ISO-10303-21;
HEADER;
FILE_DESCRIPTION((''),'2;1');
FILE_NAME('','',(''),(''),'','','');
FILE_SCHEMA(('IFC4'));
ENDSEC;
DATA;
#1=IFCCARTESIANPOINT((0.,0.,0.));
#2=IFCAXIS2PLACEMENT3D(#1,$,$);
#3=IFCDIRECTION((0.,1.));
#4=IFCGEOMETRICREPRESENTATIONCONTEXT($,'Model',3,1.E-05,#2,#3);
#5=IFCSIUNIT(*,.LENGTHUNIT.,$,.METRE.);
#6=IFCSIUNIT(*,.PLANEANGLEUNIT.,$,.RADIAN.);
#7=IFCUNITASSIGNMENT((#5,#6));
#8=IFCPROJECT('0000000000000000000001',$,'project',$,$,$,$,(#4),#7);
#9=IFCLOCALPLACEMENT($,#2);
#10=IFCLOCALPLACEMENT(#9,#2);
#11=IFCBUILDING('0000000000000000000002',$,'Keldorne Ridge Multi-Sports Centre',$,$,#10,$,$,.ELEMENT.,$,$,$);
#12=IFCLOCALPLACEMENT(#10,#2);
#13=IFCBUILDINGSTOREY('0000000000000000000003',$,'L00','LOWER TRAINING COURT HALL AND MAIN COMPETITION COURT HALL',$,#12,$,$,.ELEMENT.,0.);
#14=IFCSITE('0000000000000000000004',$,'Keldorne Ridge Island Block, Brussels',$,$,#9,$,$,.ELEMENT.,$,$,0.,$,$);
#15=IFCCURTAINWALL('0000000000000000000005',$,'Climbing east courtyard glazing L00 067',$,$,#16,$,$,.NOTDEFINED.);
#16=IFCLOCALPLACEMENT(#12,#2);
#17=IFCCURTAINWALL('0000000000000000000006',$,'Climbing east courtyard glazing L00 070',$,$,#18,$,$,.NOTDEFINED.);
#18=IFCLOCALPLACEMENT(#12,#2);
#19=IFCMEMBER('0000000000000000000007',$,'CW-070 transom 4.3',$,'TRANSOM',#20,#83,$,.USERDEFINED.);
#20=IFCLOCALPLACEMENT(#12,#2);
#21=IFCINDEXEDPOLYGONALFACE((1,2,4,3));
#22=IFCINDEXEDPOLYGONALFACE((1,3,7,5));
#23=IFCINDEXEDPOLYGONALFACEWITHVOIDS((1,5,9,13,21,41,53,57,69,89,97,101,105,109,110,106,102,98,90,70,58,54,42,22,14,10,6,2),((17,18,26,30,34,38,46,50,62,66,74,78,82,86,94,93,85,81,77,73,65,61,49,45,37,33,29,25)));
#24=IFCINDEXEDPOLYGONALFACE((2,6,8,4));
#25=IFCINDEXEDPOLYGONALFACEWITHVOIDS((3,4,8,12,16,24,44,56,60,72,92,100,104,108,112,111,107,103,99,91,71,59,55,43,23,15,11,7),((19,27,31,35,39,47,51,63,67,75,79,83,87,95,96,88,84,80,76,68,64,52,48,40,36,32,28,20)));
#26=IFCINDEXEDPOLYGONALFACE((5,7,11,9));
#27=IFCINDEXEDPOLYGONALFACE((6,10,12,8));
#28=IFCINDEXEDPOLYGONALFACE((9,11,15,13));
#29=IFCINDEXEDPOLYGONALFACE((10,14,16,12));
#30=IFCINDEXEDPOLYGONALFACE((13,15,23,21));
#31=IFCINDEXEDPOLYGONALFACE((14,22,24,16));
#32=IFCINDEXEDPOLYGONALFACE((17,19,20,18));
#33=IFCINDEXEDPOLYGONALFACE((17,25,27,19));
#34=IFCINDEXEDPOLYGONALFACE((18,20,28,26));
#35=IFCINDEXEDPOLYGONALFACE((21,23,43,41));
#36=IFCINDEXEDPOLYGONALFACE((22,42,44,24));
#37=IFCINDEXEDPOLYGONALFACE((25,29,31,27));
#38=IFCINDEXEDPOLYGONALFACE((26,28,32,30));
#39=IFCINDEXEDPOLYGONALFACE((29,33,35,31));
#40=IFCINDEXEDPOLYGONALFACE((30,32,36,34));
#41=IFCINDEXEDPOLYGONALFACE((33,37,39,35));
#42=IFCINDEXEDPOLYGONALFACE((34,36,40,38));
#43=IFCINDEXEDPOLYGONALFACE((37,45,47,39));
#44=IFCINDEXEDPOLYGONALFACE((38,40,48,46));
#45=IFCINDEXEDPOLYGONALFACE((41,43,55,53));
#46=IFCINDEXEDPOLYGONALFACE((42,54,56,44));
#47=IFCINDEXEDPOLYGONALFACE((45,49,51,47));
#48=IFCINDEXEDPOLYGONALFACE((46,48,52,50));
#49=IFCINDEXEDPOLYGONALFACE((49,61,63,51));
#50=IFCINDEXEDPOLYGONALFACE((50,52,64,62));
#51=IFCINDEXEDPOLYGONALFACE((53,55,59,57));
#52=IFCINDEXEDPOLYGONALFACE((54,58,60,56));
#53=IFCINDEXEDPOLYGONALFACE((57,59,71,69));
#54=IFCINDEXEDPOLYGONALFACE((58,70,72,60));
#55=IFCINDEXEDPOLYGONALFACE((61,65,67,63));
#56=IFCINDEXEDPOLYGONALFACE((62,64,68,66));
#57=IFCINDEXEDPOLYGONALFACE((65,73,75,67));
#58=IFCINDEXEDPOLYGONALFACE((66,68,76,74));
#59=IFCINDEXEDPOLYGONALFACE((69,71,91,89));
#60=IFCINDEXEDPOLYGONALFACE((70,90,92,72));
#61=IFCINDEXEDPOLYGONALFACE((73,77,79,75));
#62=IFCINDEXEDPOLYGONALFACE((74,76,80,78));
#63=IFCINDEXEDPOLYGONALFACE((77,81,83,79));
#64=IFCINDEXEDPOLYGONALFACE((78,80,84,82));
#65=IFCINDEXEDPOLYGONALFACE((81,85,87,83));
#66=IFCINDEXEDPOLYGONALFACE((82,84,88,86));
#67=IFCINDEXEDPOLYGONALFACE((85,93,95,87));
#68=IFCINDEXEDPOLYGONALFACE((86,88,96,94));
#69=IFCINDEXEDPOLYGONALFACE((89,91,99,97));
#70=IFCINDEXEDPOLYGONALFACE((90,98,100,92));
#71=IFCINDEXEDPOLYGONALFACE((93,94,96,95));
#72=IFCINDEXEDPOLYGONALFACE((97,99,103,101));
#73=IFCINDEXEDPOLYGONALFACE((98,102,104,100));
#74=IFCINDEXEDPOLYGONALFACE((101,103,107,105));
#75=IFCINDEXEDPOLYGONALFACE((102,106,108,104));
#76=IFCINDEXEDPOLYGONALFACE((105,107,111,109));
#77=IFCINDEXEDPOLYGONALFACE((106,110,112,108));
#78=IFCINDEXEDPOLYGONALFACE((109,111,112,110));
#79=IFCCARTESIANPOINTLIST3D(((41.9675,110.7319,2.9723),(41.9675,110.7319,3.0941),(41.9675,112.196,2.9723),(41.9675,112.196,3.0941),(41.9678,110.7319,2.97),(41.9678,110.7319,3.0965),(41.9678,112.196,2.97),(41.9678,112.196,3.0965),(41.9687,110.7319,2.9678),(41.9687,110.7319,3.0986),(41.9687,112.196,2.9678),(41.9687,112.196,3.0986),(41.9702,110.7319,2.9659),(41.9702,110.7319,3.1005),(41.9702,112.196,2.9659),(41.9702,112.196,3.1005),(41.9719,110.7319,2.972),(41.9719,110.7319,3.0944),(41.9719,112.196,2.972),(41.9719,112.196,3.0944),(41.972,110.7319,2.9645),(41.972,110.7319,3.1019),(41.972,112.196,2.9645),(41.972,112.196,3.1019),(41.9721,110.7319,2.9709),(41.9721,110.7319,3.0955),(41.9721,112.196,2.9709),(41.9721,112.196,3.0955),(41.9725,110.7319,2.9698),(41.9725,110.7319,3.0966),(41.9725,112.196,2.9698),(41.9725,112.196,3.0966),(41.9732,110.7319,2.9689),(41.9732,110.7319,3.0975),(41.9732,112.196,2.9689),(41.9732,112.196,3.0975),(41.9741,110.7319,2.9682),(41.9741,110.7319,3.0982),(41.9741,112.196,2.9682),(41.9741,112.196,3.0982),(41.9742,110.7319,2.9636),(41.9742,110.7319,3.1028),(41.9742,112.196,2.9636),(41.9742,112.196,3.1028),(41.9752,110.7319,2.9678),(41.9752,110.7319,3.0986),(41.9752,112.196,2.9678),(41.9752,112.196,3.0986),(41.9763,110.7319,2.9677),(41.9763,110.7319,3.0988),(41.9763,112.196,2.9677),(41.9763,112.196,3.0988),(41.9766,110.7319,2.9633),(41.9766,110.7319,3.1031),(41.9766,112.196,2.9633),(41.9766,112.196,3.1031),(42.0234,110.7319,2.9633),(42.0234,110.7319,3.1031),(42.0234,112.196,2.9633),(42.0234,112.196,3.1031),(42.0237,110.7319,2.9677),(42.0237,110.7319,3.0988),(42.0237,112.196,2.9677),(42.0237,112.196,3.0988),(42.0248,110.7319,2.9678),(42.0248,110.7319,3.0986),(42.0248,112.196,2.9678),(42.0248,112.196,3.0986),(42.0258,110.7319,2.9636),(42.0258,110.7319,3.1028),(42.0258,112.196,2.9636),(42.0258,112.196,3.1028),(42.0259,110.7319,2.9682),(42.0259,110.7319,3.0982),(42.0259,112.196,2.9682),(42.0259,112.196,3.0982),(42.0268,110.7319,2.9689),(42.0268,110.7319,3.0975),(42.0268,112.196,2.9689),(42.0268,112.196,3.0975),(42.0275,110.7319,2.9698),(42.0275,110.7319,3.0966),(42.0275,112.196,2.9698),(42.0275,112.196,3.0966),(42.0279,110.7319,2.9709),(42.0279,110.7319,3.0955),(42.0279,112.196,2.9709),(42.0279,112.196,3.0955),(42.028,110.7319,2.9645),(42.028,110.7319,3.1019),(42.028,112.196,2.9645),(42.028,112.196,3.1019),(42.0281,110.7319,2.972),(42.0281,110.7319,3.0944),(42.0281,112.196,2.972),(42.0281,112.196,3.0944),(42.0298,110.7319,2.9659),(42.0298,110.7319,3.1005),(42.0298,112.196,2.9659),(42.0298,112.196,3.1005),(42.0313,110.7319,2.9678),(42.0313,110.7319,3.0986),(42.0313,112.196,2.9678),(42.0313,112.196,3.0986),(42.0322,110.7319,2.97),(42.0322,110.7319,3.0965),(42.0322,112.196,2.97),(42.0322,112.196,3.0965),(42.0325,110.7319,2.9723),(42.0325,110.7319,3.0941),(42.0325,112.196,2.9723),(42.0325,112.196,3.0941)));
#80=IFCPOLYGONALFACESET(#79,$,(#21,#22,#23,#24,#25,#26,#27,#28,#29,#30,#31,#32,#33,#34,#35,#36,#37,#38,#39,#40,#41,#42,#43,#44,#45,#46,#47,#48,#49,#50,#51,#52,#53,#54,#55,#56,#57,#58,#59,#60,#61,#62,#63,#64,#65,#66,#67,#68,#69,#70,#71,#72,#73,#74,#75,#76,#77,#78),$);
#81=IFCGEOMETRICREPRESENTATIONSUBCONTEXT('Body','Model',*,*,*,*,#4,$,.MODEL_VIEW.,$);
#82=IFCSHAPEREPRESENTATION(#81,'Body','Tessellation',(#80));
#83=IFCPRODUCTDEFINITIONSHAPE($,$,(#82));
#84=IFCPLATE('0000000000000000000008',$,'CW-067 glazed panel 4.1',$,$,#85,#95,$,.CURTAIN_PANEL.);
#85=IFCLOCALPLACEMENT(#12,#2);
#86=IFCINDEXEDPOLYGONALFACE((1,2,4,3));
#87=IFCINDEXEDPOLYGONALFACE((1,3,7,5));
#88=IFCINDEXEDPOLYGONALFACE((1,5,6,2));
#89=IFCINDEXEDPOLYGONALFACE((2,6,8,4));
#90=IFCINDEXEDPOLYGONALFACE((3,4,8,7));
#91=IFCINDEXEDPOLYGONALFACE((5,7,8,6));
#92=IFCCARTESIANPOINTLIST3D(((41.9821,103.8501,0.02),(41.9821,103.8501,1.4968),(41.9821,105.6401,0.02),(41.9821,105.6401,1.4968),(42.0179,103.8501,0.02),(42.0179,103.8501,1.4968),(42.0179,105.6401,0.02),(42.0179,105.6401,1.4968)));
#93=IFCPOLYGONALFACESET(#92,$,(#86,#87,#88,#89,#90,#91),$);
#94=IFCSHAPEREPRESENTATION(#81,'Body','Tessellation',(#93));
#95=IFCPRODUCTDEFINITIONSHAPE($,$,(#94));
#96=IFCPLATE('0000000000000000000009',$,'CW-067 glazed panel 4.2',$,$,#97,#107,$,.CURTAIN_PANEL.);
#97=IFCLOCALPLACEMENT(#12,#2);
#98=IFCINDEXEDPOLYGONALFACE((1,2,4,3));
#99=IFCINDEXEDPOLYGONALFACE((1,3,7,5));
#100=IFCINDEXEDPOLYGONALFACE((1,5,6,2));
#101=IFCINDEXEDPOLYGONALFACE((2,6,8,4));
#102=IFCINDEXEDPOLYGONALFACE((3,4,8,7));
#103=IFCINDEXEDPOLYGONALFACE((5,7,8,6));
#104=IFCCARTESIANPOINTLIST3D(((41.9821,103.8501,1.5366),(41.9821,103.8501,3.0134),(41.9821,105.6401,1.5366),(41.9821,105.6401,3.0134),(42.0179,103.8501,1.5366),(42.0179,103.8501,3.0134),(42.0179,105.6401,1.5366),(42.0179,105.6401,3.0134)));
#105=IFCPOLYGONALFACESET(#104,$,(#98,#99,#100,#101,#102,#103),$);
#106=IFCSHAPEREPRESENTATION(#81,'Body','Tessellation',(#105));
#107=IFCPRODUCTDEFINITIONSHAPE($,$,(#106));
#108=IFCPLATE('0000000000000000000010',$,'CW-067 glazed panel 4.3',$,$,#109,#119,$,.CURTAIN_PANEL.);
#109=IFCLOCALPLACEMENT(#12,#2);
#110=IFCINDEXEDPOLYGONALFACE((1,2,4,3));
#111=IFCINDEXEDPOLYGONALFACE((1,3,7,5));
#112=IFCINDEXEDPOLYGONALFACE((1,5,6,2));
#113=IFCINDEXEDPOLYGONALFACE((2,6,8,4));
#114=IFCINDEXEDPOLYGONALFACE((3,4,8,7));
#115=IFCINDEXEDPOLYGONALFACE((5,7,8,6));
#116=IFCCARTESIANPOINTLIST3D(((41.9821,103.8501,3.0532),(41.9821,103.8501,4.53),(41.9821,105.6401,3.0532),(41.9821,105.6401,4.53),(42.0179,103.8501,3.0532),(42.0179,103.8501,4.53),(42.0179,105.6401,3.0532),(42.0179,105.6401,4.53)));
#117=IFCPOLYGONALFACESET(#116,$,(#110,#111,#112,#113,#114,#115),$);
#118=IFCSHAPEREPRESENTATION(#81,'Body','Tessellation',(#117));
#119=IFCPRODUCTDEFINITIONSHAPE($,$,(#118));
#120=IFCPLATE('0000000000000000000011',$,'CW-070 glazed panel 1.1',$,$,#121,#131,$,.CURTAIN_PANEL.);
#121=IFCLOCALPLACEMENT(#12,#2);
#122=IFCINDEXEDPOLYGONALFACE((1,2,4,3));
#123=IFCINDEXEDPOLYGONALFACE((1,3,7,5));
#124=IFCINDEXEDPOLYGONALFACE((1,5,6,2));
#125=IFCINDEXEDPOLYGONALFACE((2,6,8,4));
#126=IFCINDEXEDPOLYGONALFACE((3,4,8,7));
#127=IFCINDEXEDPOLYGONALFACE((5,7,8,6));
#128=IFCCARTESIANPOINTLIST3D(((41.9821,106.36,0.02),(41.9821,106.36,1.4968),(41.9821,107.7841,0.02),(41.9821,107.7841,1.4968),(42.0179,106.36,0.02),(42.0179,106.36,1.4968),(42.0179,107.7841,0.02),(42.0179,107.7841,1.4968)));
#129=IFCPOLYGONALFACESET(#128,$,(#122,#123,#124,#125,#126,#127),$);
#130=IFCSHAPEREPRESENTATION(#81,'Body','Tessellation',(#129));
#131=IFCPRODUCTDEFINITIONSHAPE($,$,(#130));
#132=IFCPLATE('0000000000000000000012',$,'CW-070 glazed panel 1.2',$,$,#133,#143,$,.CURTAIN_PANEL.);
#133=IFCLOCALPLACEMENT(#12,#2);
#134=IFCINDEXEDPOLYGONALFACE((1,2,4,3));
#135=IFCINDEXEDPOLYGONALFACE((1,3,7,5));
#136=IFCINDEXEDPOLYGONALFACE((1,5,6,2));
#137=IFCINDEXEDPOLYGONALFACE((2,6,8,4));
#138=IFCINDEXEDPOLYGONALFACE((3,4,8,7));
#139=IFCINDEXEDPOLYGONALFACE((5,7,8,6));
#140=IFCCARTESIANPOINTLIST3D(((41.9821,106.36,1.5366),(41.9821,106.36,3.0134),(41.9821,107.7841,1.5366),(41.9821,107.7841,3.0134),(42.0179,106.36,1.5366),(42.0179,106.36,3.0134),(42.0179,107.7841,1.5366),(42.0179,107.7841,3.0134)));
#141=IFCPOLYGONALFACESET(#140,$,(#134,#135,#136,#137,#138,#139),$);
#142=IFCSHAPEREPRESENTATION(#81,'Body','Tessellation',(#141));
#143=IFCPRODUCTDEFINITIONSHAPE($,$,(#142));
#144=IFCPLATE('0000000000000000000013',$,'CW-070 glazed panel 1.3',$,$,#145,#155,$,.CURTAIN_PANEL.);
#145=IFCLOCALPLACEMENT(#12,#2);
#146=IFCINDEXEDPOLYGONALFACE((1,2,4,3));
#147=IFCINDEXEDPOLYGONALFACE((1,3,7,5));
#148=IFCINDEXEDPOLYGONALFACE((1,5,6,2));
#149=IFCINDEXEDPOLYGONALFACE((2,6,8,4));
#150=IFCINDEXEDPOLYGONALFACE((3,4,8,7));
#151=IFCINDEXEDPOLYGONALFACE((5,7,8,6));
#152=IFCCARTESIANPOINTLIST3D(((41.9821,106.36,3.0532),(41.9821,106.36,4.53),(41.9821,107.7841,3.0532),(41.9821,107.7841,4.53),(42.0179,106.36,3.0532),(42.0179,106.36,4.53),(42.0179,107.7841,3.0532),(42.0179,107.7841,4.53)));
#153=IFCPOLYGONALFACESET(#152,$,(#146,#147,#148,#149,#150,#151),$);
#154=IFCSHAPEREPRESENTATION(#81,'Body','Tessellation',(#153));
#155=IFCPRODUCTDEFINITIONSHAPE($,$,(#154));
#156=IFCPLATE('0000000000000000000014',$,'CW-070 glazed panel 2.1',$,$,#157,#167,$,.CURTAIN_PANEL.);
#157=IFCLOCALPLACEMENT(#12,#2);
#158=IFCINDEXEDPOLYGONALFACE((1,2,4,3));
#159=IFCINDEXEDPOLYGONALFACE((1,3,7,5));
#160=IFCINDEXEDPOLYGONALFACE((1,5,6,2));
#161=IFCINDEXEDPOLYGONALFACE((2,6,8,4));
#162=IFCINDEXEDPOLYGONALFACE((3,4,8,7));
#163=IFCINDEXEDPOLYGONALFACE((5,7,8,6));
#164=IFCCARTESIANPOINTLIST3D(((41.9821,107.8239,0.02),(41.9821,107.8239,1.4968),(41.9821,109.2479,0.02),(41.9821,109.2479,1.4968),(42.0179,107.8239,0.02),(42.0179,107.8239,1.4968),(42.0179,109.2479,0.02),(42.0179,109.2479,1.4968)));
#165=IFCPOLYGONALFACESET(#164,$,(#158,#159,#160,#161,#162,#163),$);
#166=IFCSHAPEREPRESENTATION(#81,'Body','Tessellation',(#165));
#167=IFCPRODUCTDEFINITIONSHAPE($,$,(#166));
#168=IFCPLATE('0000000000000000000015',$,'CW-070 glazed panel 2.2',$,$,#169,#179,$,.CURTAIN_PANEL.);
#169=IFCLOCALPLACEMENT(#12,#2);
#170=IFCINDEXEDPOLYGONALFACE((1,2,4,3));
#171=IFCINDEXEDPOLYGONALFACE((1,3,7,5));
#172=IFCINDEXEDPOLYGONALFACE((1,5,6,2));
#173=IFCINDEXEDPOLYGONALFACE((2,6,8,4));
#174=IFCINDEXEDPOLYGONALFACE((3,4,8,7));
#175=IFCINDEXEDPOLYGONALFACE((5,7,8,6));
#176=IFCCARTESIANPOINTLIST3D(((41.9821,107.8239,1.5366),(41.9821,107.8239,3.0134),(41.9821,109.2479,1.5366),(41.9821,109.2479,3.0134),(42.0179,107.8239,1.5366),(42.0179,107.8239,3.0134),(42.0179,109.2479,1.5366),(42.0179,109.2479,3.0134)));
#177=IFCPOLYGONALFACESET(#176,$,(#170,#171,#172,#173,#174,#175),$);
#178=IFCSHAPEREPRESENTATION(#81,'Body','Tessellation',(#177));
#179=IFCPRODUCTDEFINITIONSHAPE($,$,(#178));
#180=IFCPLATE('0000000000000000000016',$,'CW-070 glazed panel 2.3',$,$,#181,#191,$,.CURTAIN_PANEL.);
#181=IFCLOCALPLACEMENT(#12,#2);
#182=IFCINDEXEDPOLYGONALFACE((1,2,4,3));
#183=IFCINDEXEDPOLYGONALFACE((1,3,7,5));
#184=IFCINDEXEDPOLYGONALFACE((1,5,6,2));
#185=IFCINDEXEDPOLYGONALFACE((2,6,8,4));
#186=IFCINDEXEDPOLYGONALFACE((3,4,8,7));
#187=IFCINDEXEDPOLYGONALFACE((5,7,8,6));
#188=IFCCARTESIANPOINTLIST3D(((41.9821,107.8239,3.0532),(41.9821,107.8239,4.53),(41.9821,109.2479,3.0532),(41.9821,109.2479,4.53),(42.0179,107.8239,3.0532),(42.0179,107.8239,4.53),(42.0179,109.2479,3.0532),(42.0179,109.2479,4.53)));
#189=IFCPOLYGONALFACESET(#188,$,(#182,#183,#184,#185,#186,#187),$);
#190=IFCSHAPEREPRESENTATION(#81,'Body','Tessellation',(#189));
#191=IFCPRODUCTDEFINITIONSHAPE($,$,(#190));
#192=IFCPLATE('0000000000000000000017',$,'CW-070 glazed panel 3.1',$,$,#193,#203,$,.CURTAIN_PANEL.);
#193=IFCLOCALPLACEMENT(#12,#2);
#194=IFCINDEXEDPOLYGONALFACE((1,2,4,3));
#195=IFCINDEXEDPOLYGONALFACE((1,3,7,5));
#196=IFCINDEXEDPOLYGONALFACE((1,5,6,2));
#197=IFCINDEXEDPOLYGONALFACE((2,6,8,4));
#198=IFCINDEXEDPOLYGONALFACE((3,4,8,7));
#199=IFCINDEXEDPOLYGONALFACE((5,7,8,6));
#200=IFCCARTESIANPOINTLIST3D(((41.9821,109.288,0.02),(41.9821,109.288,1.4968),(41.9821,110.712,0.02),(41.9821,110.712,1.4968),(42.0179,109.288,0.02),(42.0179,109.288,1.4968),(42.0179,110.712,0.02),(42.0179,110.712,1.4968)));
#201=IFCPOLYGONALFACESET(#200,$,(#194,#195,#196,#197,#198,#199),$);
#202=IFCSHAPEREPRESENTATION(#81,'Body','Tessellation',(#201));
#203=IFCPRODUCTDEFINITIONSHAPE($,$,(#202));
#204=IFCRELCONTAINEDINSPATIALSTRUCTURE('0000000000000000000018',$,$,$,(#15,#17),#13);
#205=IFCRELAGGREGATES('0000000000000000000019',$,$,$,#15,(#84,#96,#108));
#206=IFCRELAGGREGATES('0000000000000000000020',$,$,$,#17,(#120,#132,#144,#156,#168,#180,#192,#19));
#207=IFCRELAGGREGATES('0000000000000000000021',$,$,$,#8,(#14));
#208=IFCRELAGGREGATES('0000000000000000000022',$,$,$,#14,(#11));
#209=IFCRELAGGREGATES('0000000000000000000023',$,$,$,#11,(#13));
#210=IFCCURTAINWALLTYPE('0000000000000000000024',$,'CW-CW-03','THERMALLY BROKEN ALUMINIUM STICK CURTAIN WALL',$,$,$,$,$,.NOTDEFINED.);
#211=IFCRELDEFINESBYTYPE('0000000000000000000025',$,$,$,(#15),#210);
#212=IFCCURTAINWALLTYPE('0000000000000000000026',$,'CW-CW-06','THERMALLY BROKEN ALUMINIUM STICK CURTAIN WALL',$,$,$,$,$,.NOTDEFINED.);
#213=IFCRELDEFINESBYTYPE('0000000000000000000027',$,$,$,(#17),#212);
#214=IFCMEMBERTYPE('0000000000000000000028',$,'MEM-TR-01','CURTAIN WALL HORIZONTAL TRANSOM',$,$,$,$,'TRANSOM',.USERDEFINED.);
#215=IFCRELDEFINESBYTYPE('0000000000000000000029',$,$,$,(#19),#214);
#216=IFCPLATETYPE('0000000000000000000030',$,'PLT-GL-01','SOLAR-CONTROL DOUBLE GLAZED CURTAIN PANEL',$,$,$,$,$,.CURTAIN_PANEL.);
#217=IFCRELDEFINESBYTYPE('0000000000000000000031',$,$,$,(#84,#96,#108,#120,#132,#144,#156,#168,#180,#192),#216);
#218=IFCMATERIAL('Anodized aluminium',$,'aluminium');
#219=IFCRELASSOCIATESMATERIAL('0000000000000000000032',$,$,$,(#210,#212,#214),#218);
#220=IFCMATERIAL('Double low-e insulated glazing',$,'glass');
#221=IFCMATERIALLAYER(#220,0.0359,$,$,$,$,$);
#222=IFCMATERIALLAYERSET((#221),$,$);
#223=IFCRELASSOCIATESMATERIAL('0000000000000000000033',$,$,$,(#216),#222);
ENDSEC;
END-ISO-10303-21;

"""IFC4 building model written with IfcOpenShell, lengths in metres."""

from ifc_helpers import new_model, si_unit, direction, frame, origin, origin_2d, place, context, subcontext, project, spatial, rectangle, hollow_rectangle, extrude, material, layer, layer_set, material_profile, profile_set, type_object, element, aggregate, save


model = new_model("IFC4")

# Units and contexts
model_context = context("Model", 3, precision=1e-05, world=origin(), true_north=direction((0.0, 1.0)))
body_context = subcontext(model_context, "Body", "Model", "MODEL_VIEW")
ifc_project = project(units=[si_unit("LENGTHUNIT", "METRE"), si_unit("PLANEANGLEUNIT", "RADIAN")], contexts=[model_context])

# Site, building, storey
site_placement = place(None, origin())
site = spatial("IfcSite", under=ifc_project, at=site_placement, Name="Keldorne Ridge Island Block, Brussels", CompositionType="ELEMENT", RefElevation=0.0)
building_placement = place(site_placement, origin())
building = spatial("IfcBuilding", under=site, at=building_placement, Name="Keldorne Ridge Multi-Sports Centre", CompositionType="ELEMENT")
storey_placement = place(building_placement, origin())
storey = spatial("IfcBuildingStorey", under=building, at=storey_placement, Name="L00", Description="LOWER TRAINING COURT HALL AND MAIN COMPETITION COURT HALL", CompositionType="ELEMENT", Elevation=0.0)

# Curtain wall
ifc_material_1 = material(Name="Anodized aluminium", Category="aluminium")
curtain_wall_type_1 = type_object("IfcCurtainWallType", Name="CW-CW-03", Description="THERMALLY BROKEN ALUMINIUM STICK CURTAIN WALL", PredefinedType="NOTDEFINED", material=ifc_material_1)
curtain_wall_1_placement = place(storey_placement, origin())
curtain_wall_1 = element("IfcCurtainWall", 1, at=curtain_wall_1_placement, inside=storey, type_object=curtain_wall_type_1, Name="Climbing east courtyard glazing L00 067", PredefinedType="NOTDEFINED")

# Curtain wall, member
curtain_wall_type_2 = type_object("IfcCurtainWallType", Name="CW-CW-06", Description="THERMALLY BROKEN ALUMINIUM STICK CURTAIN WALL", PredefinedType="NOTDEFINED", material=ifc_material_1)
curtain_wall_2_placement = place(storey_placement, origin())
curtain_wall_2 = element("IfcCurtainWall", 2, at=curtain_wall_2_placement, inside=storey, type_object=curtain_wall_type_2, Name="Climbing east courtyard glazing L00 070", PredefinedType="NOTDEFINED")
ifc_material_profile_1 = material_profile(ifc_material_1, hollow_rectangle(XDim=0.0649, YDim=0.1399, WallThickness=0.0044, InnerFilletRadius=0.0044, OuterFilletRadius=0.009, at=origin_2d()), Name="ALU TRANSOM 140x65x4.5")
ifc_profile_set_1 = profile_set([ifc_material_profile_1], Name="Anodized aluminium")
member_type_1 = type_object("IfcMemberType", Name="MEM-TR-01", Description="CURTAIN WALL HORIZONTAL TRANSOM", ElementType="TRANSOM", PredefinedType="USERDEFINED", material=ifc_profile_set_1)
member_1_placement = place(storey_placement, frame((42.0, 110.7319, 3.0332), z_axis=(0.0, 1.0, 0.0), x_axis=(-1.0, 0.0, 0.0)))
member_1 = element("IfcMember", 3, at=member_1_placement, type_object=member_type_1, Name="CW-070 transom 4.3", ObjectType="TRANSOM", PredefinedType="USERDEFINED", context=body_context, shape_type="SweptSolid", body=[
    extrude(hollow_rectangle(XDim=0.0649, YDim=0.1399, WallThickness=0.0044, InnerFilletRadius=0.0044, OuterFilletRadius=0.009, at=origin_2d()), origin(), (0.0, 0.0, 1.0), 1.4641),
])

# Plates
ifc_material_2 = material(Name="Double low-e insulated glazing", Category="glass")
ifc_layer_1 = layer(ifc_material_2, 0.0359)
ifc_layer_set_1 = layer_set([ifc_layer_1])
plate_type_1 = type_object("IfcPlateType", Name="PLT-GL-01", Description="SOLAR-CONTROL DOUBLE GLAZED CURTAIN PANEL", PredefinedType="CURTAIN_PANEL", material=ifc_layer_set_1)
plate_1_placement = place(storey_placement, frame((42.0, 104.7451, 0.02), z_axis=(0.0, 0.0, 1.0), x_axis=(0.0, 1.0, 0.0)))
plate_1 = element("IfcPlate", 4, at=plate_1_placement, type_object=plate_type_1, Name="CW-067 glazed panel 4.1", PredefinedType="CURTAIN_PANEL", context=body_context, shape_type="SweptSolid", body=[
    extrude(rectangle(XDim=1.79, YDim=0.0359, at=origin_2d()), origin(), (0.0, 0.0, 1.0), 1.4768),
])
plate_2_placement = place(storey_placement, frame((42.0, 104.7451, 1.5366), z_axis=(0.0, 0.0, 1.0), x_axis=(0.0, 1.0, 0.0)))
plate_2 = element("IfcPlate", 5, at=plate_2_placement, type_object=plate_type_1, Name="CW-067 glazed panel 4.2", PredefinedType="CURTAIN_PANEL", context=body_context, shape_type="SweptSolid", body=[
    extrude(rectangle(XDim=1.79, YDim=0.0359, at=origin_2d()), origin(), (0.0, 0.0, 1.0), 1.4768),
])
plate_3_placement = place(storey_placement, frame((42.0, 104.7451, 3.0532), z_axis=(0.0, 0.0, 1.0), x_axis=(0.0, 1.0, 0.0)))
plate_3 = element("IfcPlate", 6, at=plate_3_placement, type_object=plate_type_1, Name="CW-067 glazed panel 4.3", PredefinedType="CURTAIN_PANEL", context=body_context, shape_type="SweptSolid", body=[
    extrude(rectangle(XDim=1.79, YDim=0.0359, at=origin_2d()), origin(), (0.0, 0.0, 1.0), 1.4768),
])
aggregate(curtain_wall_1, [plate_1, plate_2, plate_3])
plate_4_placement = place(storey_placement, frame((42.0, 107.072, 0.02), z_axis=(0.0, 0.0, 1.0), x_axis=(0.0, 1.0, 0.0)))
plate_4 = element("IfcPlate", 7, at=plate_4_placement, type_object=plate_type_1, Name="CW-070 glazed panel 1.1", PredefinedType="CURTAIN_PANEL", context=body_context, shape_type="SweptSolid", body=[
    extrude(rectangle(XDim=1.4241, YDim=0.0359, at=origin_2d()), origin(), (0.0, 0.0, 1.0), 1.4768),
])
plate_5_placement = place(storey_placement, frame((42.0, 107.072, 1.5366), z_axis=(0.0, 0.0, 1.0), x_axis=(0.0, 1.0, 0.0)))
plate_5 = element("IfcPlate", 8, at=plate_5_placement, type_object=plate_type_1, Name="CW-070 glazed panel 1.2", PredefinedType="CURTAIN_PANEL", context=body_context, shape_type="SweptSolid", body=[
    extrude(rectangle(XDim=1.4241, YDim=0.0359, at=origin_2d()), origin(), (0.0, 0.0, 1.0), 1.4768),
])
plate_6_placement = place(storey_placement, frame((42.0, 107.072, 3.0532), z_axis=(0.0, 0.0, 1.0), x_axis=(0.0, 1.0, 0.0)))
plate_6 = element("IfcPlate", 9, at=plate_6_placement, type_object=plate_type_1, Name="CW-070 glazed panel 1.3", PredefinedType="CURTAIN_PANEL", context=body_context, shape_type="SweptSolid", body=[
    extrude(rectangle(XDim=1.4241, YDim=0.0359, at=origin_2d()), origin(), (0.0, 0.0, 1.0), 1.4768),
])
plate_7_placement = place(storey_placement, frame((42.0, 108.5359, 0.02), z_axis=(0.0, 0.0, 1.0), x_axis=(0.0, 1.0, 0.0)))
plate_7 = element("IfcPlate", 10, at=plate_7_placement, type_object=plate_type_1, Name="CW-070 glazed panel 2.1", PredefinedType="CURTAIN_PANEL", context=body_context, shape_type="SweptSolid", body=[
    extrude(rectangle(XDim=1.4241, YDim=0.0359, at=origin_2d()), origin(), (0.0, 0.0, 1.0), 1.4768),
])
plate_8_placement = place(storey_placement, frame((42.0, 108.5359, 1.5366), z_axis=(0.0, 0.0, 1.0), x_axis=(0.0, 1.0, 0.0)))
plate_8 = element("IfcPlate", 11, at=plate_8_placement, type_object=plate_type_1, Name="CW-070 glazed panel 2.2", PredefinedType="CURTAIN_PANEL", context=body_context, shape_type="SweptSolid", body=[
    extrude(rectangle(XDim=1.4241, YDim=0.0359, at=origin_2d()), origin(), (0.0, 0.0, 1.0), 1.4768),
])
plate_9_placement = place(storey_placement, frame((42.0, 108.5359, 3.0532), z_axis=(0.0, 0.0, 1.0), x_axis=(0.0, 1.0, 0.0)))
plate_9 = element("IfcPlate", 12, at=plate_9_placement, type_object=plate_type_1, Name="CW-070 glazed panel 2.3", PredefinedType="CURTAIN_PANEL", context=body_context, shape_type="SweptSolid", body=[
    extrude(rectangle(XDim=1.4241, YDim=0.0359, at=origin_2d()), origin(), (0.0, 0.0, 1.0), 1.4768),
])
plate_10_placement = place(storey_placement, frame((42.0, 110.0, 0.02), z_axis=(0.0, 0.0, 1.0), x_axis=(0.0, 1.0, 0.0)))
plate_10 = element("IfcPlate", 13, at=plate_10_placement, type_object=plate_type_1, Name="CW-070 glazed panel 3.1", PredefinedType="CURTAIN_PANEL", context=body_context, shape_type="SweptSolid", body=[
    extrude(rectangle(XDim=1.4241, YDim=0.0359, at=origin_2d()), origin(), (0.0, 0.0, 1.0), 1.4768),
])
aggregate(curtain_wall_2, [plate_4, plate_5, plate_6, plate_7, plate_8, plate_9, plate_10, member_1])

save(model, "model.ifc")
